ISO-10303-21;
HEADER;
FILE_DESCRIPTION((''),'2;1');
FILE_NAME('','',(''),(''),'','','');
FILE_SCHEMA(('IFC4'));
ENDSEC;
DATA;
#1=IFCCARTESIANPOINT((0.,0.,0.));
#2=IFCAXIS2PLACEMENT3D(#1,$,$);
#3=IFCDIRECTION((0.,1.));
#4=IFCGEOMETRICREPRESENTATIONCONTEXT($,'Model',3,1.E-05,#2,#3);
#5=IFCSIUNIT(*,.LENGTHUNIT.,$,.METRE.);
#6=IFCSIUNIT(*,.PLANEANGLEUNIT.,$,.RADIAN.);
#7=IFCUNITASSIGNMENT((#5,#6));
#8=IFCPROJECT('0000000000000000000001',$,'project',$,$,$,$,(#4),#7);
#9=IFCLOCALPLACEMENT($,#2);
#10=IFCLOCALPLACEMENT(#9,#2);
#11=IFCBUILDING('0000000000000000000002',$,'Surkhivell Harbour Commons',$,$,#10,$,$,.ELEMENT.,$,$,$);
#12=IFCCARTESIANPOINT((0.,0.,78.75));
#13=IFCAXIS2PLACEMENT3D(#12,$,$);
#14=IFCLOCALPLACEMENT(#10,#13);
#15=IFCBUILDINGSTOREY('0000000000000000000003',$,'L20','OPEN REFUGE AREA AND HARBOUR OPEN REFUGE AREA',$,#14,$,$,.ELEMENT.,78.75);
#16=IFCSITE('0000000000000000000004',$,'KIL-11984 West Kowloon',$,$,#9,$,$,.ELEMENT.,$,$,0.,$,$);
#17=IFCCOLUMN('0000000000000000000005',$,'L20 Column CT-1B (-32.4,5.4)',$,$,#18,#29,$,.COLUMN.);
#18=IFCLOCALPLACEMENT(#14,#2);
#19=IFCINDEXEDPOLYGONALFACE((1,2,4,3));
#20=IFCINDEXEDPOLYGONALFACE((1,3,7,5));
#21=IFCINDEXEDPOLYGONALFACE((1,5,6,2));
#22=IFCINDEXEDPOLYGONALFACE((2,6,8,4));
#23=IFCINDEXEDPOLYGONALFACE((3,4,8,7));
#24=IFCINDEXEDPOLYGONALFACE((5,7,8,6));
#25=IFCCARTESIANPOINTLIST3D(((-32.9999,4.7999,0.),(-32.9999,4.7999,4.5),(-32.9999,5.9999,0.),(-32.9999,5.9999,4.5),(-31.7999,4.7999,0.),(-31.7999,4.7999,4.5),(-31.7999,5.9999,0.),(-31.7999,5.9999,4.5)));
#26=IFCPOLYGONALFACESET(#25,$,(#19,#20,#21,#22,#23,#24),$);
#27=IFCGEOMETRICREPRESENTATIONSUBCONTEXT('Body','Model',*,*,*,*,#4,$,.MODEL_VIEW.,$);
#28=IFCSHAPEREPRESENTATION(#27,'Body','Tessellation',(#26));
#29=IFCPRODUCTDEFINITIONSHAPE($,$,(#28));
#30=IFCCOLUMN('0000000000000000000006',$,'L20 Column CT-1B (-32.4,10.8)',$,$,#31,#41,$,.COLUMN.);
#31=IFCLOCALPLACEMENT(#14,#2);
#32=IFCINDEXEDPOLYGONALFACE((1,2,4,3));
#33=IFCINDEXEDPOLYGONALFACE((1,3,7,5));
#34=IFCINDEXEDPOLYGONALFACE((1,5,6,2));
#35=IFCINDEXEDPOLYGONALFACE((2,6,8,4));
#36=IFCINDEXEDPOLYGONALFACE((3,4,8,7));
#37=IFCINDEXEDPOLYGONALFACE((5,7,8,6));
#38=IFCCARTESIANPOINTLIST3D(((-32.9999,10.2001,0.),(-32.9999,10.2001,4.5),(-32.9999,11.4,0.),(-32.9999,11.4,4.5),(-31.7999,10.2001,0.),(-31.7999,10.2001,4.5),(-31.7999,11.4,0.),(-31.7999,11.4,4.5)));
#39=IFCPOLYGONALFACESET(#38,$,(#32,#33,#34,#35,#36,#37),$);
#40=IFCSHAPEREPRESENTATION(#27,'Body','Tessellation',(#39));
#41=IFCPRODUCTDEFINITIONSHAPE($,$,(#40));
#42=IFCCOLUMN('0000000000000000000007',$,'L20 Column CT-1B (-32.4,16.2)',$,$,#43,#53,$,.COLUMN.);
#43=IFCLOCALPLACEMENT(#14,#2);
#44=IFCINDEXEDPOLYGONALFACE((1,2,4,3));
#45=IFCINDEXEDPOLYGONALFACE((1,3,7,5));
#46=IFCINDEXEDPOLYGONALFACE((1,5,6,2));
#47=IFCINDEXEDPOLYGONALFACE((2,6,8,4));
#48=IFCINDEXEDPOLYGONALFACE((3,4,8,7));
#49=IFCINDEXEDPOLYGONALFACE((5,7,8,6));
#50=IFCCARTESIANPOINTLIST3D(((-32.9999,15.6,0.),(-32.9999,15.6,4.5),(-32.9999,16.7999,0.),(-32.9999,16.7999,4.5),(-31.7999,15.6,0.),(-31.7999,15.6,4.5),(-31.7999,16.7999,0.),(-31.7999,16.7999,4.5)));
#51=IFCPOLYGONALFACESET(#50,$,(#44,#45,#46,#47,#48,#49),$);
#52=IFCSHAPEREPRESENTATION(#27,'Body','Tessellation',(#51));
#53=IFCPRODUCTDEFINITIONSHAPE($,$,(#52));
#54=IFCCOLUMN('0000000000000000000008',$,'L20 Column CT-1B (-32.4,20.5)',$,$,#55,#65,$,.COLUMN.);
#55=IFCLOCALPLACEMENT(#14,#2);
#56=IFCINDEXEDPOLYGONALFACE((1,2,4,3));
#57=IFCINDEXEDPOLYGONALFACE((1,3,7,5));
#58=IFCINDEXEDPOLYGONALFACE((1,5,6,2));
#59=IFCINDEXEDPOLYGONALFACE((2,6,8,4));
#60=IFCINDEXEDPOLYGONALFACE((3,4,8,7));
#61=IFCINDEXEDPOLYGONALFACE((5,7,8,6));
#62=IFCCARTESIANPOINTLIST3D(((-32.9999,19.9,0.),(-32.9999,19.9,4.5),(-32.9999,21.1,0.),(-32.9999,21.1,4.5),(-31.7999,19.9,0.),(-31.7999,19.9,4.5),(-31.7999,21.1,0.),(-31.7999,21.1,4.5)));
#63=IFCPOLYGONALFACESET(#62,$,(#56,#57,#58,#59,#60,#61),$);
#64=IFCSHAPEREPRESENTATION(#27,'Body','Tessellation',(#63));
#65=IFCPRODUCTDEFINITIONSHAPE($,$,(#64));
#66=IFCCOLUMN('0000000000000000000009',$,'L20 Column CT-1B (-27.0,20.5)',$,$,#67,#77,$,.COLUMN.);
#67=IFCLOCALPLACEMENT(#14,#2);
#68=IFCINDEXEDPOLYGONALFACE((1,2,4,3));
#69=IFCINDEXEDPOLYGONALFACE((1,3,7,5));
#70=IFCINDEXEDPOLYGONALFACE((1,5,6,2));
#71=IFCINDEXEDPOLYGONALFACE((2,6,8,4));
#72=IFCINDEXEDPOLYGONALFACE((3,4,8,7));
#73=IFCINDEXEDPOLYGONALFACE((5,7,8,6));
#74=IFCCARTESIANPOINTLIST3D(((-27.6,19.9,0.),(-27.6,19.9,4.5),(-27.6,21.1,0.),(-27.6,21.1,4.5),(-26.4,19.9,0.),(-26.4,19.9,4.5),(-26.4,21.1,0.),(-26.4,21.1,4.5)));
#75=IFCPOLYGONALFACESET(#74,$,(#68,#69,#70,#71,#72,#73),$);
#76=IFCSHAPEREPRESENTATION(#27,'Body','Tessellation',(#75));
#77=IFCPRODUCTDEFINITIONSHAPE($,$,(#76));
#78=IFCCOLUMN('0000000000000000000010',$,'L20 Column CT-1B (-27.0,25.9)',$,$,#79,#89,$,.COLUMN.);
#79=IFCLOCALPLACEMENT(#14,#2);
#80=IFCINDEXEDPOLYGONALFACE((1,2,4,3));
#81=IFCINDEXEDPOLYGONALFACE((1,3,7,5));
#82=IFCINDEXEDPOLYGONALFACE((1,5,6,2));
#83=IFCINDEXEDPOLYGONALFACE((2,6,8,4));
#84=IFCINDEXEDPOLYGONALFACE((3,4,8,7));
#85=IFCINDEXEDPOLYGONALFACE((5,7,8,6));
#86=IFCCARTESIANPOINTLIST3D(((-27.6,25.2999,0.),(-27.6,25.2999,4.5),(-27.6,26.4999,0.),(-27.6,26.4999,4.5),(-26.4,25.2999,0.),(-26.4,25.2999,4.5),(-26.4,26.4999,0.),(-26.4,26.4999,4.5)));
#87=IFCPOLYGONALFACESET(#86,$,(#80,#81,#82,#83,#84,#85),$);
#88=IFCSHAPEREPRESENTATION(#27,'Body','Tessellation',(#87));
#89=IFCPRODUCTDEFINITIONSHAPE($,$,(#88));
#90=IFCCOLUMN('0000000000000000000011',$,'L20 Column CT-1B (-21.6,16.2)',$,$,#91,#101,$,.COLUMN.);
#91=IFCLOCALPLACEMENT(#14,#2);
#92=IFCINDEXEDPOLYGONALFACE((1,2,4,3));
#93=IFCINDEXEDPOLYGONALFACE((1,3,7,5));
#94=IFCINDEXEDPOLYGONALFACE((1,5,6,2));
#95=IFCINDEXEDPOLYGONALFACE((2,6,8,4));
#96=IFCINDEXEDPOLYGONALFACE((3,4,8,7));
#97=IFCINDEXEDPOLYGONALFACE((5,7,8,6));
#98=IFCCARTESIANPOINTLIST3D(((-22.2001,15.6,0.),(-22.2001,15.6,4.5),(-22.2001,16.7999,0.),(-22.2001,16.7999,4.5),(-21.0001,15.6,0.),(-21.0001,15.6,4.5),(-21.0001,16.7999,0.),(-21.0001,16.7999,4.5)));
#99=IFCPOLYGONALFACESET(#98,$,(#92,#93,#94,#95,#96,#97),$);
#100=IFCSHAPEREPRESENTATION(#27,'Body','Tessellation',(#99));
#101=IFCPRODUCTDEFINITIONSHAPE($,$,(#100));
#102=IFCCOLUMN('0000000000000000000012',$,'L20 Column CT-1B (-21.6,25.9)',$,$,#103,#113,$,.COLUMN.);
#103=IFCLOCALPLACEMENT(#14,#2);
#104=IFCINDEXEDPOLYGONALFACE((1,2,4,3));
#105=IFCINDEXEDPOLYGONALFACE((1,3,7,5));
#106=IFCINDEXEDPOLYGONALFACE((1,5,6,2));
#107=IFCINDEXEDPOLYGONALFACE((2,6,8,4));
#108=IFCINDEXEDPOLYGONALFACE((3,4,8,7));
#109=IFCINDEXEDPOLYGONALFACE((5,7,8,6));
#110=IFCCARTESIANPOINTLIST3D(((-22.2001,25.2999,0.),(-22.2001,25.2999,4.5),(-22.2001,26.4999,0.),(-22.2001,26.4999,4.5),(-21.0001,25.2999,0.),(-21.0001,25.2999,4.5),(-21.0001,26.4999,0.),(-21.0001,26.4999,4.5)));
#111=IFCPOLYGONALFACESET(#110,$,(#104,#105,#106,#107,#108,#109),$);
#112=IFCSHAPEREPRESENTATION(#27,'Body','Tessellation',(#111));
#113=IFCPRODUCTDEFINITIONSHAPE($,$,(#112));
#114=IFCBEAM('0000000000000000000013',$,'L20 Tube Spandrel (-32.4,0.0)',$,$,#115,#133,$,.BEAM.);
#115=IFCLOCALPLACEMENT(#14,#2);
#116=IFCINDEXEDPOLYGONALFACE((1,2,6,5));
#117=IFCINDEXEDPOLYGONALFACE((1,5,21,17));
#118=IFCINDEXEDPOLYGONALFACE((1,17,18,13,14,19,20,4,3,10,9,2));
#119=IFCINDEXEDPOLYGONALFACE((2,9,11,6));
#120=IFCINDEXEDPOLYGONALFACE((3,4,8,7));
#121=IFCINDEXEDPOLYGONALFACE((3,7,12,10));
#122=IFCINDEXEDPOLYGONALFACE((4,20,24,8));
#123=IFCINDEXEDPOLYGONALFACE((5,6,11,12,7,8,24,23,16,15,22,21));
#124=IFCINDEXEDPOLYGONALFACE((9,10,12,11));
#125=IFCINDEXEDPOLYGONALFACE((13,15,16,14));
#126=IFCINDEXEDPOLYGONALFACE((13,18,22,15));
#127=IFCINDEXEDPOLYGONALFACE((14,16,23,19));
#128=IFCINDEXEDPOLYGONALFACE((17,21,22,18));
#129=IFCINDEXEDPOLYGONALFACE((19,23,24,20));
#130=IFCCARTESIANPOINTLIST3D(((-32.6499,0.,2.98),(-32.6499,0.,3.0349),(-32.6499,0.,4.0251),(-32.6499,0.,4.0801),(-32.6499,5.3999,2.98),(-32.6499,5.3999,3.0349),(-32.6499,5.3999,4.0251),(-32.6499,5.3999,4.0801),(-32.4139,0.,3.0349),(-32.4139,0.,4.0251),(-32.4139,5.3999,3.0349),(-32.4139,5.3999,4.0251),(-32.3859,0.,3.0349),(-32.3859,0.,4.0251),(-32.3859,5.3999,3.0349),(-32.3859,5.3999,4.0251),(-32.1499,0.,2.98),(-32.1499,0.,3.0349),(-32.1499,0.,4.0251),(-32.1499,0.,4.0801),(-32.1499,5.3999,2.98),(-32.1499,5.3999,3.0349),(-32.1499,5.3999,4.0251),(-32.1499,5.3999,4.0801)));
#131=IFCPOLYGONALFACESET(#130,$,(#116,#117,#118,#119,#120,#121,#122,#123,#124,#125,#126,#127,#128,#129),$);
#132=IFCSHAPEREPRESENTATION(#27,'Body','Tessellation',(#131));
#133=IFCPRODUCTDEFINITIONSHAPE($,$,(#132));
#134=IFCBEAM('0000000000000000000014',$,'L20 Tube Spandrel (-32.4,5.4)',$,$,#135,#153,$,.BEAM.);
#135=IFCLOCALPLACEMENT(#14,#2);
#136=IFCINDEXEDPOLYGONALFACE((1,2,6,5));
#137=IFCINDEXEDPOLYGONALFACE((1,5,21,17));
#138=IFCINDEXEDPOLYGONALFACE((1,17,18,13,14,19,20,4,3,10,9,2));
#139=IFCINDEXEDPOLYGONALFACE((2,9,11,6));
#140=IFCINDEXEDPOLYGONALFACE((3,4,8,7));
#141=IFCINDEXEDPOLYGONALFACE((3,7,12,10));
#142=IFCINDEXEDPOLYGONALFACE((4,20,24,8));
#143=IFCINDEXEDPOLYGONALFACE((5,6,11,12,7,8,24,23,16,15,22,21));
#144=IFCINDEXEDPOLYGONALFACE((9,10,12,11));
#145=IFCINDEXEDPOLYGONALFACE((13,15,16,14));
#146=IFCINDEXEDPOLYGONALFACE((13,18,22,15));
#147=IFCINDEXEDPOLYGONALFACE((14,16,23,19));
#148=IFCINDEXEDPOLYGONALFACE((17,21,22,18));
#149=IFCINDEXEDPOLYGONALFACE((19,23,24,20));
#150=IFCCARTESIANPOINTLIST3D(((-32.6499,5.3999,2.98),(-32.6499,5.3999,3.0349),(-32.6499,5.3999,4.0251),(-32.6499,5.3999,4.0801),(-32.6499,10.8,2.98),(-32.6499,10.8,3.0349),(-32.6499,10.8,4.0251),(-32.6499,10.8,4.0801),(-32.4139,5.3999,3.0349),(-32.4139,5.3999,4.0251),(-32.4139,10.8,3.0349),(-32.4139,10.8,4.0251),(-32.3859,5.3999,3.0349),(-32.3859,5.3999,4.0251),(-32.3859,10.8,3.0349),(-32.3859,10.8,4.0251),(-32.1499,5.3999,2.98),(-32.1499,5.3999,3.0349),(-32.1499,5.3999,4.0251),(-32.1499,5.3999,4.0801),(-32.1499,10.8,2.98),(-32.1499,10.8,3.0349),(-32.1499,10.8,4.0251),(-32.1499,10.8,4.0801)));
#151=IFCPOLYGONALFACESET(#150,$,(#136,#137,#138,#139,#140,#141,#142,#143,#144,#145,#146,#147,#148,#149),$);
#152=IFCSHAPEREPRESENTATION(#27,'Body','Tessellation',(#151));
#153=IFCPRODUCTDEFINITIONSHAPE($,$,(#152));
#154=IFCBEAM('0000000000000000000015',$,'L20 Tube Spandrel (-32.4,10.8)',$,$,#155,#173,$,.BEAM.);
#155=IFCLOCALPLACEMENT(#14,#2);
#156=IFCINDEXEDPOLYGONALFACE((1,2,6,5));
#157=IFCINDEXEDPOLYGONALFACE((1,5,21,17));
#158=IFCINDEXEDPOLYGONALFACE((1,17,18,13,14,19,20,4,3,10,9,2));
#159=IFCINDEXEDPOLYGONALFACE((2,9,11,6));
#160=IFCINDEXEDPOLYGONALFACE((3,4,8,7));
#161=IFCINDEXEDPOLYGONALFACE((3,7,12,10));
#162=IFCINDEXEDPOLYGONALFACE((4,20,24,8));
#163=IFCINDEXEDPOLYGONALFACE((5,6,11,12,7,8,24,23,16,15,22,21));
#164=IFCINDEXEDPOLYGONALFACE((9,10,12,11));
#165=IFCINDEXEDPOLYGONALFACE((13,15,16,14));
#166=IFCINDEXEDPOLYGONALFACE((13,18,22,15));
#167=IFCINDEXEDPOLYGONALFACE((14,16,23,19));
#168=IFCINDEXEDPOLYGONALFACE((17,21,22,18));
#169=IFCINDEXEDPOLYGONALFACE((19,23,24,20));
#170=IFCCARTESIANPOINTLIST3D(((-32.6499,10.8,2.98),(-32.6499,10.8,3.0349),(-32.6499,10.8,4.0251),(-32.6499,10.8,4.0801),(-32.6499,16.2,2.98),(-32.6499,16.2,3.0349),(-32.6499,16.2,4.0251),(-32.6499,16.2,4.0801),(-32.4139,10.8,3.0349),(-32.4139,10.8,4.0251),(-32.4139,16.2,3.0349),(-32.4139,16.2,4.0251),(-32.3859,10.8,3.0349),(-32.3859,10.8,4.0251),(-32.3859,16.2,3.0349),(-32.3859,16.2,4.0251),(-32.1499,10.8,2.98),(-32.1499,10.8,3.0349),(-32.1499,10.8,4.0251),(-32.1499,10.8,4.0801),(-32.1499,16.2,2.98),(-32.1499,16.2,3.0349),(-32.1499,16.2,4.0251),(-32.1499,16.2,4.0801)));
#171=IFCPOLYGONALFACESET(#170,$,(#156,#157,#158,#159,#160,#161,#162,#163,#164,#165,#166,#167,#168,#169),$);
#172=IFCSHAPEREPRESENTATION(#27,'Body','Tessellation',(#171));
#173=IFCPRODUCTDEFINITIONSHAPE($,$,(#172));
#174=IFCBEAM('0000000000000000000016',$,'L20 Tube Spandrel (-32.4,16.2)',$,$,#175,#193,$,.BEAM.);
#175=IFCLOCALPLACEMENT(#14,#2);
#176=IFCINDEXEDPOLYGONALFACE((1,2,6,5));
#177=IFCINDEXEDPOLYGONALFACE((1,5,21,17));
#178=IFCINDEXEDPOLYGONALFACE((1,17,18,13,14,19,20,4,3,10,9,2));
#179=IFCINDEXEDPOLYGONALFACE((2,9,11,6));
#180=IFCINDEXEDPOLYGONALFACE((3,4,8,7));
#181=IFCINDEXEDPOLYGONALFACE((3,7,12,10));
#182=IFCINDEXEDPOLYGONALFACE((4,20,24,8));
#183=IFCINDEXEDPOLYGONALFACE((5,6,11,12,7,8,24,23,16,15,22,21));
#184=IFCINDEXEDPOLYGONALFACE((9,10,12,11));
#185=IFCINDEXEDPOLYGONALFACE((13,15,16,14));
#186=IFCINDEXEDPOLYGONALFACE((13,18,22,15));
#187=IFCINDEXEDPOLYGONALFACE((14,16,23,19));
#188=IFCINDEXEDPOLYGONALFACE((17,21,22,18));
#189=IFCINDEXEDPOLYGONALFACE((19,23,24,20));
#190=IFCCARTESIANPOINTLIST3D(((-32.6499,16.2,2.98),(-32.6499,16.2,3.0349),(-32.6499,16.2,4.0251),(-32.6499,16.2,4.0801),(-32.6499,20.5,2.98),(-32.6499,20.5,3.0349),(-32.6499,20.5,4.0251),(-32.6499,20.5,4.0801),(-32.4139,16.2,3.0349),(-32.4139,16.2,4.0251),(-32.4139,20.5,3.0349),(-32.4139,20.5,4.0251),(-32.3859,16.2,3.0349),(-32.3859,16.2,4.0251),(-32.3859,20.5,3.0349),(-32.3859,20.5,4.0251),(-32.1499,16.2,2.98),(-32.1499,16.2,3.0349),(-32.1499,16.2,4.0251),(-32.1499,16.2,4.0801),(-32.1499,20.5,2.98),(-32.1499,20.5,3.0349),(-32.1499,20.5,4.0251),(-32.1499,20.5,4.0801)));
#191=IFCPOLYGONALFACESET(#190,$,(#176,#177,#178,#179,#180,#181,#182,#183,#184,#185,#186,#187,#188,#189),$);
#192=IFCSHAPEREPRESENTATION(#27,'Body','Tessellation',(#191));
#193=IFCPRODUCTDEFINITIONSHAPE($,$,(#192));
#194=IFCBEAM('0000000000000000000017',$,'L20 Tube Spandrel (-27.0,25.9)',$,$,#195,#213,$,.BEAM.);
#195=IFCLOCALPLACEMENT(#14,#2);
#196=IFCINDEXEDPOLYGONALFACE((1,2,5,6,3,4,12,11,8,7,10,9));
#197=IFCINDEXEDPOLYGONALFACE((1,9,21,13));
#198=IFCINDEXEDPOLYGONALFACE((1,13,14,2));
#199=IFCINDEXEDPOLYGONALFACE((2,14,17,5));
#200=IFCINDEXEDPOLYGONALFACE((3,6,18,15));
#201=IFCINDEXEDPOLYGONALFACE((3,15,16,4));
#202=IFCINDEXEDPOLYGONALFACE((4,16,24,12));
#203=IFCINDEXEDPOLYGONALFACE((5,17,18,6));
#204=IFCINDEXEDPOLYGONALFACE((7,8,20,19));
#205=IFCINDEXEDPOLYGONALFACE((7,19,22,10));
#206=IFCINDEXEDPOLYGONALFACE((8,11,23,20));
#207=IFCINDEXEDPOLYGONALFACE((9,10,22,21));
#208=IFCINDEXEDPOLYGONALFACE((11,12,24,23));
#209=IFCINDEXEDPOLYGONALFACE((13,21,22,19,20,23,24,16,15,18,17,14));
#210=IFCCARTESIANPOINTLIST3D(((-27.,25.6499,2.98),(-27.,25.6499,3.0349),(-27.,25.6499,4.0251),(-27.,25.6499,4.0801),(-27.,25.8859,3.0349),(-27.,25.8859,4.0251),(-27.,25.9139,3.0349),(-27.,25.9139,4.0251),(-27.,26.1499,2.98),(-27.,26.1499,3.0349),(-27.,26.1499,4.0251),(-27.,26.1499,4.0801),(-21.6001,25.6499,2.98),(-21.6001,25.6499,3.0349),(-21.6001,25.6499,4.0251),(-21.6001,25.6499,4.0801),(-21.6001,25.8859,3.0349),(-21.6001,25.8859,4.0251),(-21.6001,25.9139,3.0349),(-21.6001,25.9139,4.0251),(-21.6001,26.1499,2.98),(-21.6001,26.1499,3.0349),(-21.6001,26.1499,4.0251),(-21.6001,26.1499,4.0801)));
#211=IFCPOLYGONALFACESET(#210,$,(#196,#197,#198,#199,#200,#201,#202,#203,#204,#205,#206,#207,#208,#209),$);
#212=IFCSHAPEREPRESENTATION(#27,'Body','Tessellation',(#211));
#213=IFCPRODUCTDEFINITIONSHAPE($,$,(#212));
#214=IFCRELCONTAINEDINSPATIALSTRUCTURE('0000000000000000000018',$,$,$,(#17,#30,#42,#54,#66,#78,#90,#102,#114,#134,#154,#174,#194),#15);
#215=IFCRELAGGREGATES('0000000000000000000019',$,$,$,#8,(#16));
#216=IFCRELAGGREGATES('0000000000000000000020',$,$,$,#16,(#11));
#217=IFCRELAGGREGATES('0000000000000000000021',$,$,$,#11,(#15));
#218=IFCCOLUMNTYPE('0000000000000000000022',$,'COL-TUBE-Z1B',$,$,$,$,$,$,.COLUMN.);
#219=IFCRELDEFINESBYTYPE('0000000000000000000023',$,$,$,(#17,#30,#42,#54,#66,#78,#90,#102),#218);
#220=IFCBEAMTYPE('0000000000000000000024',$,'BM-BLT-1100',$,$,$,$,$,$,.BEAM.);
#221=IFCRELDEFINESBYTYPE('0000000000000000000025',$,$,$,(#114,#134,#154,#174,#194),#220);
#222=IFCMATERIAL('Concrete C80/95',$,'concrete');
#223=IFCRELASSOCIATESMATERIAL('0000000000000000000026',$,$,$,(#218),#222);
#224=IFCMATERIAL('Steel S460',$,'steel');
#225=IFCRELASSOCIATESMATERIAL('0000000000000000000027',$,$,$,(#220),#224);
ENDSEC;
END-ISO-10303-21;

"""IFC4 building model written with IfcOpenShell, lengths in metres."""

from ifc_helpers import new_model, si_unit, direction, frame, origin, origin_2d, place, context, subcontext, project, spatial, rectangle, i_section, extrude, material, material_profile, profile_set, type_object, element, save


model = new_model("IFC4")

# Units and contexts
model_context = context("Model", 3, precision=1e-05, world=origin(), true_north=direction((0.0, 1.0)))
body_context = subcontext(model_context, "Body", "Model", "MODEL_VIEW")
ifc_project = project(units=[si_unit("LENGTHUNIT", "METRE"), si_unit("PLANEANGLEUNIT", "RADIAN")], contexts=[model_context])

# Site, building, storey
site_placement = place(None, origin())
site = spatial("IfcSite", under=ifc_project, at=site_placement, Name="KIL-11984 West Kowloon", CompositionType="ELEMENT", RefElevation=0.0)
building_placement = place(site_placement, origin())
building = spatial("IfcBuilding", under=site, at=building_placement, Name="Surkhivell Harbour Commons", CompositionType="ELEMENT")
storey_placement = place(building_placement, frame((0.0, 0.0, 78.75)))
storey = spatial("IfcBuildingStorey", under=building, at=storey_placement, Name="L20", Description="OPEN REFUGE AREA AND HARBOUR OPEN REFUGE AREA", CompositionType="ELEMENT", Elevation=78.75)

# Columns
ifc_material_1 = material(Name="Concrete C80/95", Category="concrete")
ifc_material_profile_1 = material_profile(ifc_material_1, rectangle(XDim=1.2, YDim=1.2, at=origin_2d()), Name="RC-COL-1200x1200")
ifc_profile_set_1 = profile_set([ifc_material_profile_1], Name="Concrete C80/95")
column_type = type_object("IfcColumnType", Name="COL-TUBE-Z1B", PredefinedType="COLUMN", material=ifc_profile_set_1)
for number, where, z_axis, x_axis, name in (
    (1, (-32.3999, 5.3999, 0.0), (0.0, 0.0, 1.0), (1.0, 0.0, 0.0), "L20 Column CT-1B (-32.4,5.4)"),
    (2, (-32.3999, 10.8, 0.0), (0.0, 0.0, 1.0), (1.0, 0.0, 0.0), "L20 Column CT-1B (-32.4,10.8)"),
    (3, (-32.3999, 16.2, 0.0), (0.0, 0.0, 1.0), (1.0, 0.0, 0.0), "L20 Column CT-1B (-32.4,16.2)"),
    (4, (-32.3999, 20.5, 0.0), (0.0, 0.0, 1.0), (1.0, 0.0, 0.0), "L20 Column CT-1B (-32.4,20.5)"),
    (5, (-27.0, 20.5, 0.0), (0.0, 0.0, 1.0), (1.0, 0.0, 0.0), "L20 Column CT-1B (-27.0,20.5)"),
    (6, (-27.0, 25.8999, 0.0), (0.0, 0.0, 1.0), (1.0, 0.0, 0.0), "L20 Column CT-1B (-27.0,25.9)"),
    (7, (-21.6001, 16.2, 0.0), (0.0, 0.0, 1.0), (1.0, 0.0, 0.0), "L20 Column CT-1B (-21.6,16.2)"),
    (8, (-21.6001, 25.8999, 0.0), (0.0, 0.0, 1.0), (1.0, 0.0, 0.0), "L20 Column CT-1B (-21.6,25.9)"),
):
    element("IfcColumn", number, at=place(storey_placement, frame(where, z_axis=z_axis, x_axis=x_axis)), inside=storey, type_object=column_type, Name=name, PredefinedType="COLUMN", context=body_context, shape_type="SweptSolid", body=[
        extrude(rectangle(XDim=1.2, YDim=1.2, at=origin_2d()), origin(), (0.0, 0.0, 1.0), 4.5),
    ])

# Beams
ifc_material_2 = material(Name="Steel S460", Category="steel")
ifc_material_profile_2 = material_profile(ifc_material_2, i_section(OverallWidth=0.5, OverallDepth=1.1001, WebThickness=0.0281, FlangeThickness=0.0549, at=origin_2d()), Name="WPG1100x500x210")
ifc_profile_set_2 = profile_set([ifc_material_profile_2], Name="Steel S460")
beam_type_1 = type_object("IfcBeamType", Name="BM-BLT-1100", PredefinedType="BEAM", material=ifc_profile_set_2)
beam_1_placement = place(storey_placement, frame((-32.3999, 0.0, 3.53), z_axis=(0.0, 1.0, 0.0), x_axis=(-1.0, 0.0, 0.0)))
element("IfcBeam", 9, at=beam_1_placement, inside=storey, type_object=beam_type_1, Name="L20 Tube Spandrel (-32.4,0.0)", PredefinedType="BEAM", context=body_context, shape_type="SweptSolid", body=[
    extrude(i_section(OverallWidth=0.5, OverallDepth=1.1001, WebThickness=0.0281, FlangeThickness=0.0549, at=origin_2d()), origin(), (0.0, 0.0, 1.0), 5.3999),
])
beam_2_placement = place(storey_placement, frame((-32.3999, 5.3999, 3.53), z_axis=(0.0, 1.0, 0.0), x_axis=(-1.0, 0.0, 0.0)))
element("IfcBeam", 10, at=beam_2_placement, inside=storey, type_object=beam_type_1, Name="L20 Tube Spandrel (-32.4,5.4)", PredefinedType="BEAM", context=body_context, shape_type="SweptSolid", body=[
    extrude(i_section(OverallWidth=0.5, OverallDepth=1.1001, WebThickness=0.0281, FlangeThickness=0.0549, at=origin_2d()), origin(), (0.0, 0.0, 1.0), 5.4001),
])
beam_3_placement = place(storey_placement, frame((-32.3999, 10.8, 3.53), z_axis=(0.0, 1.0, 0.0), x_axis=(-1.0, 0.0, 0.0)))
element("IfcBeam", 11, at=beam_3_placement, inside=storey, type_object=beam_type_1, Name="L20 Tube Spandrel (-32.4,10.8)", PredefinedType="BEAM", context=body_context, shape_type="SweptSolid", body=[
    extrude(i_section(OverallWidth=0.5, OverallDepth=1.1001, WebThickness=0.0281, FlangeThickness=0.0549, at=origin_2d()), origin(), (0.0, 0.0, 1.0), 5.3999),
])
beam_4_placement = place(storey_placement, frame((-32.3999, 16.2, 3.53), z_axis=(0.0, 1.0, 0.0), x_axis=(-1.0, 0.0, 0.0)))
element("IfcBeam", 12, at=beam_4_placement, inside=storey, type_object=beam_type_1, Name="L20 Tube Spandrel (-32.4,16.2)", PredefinedType="BEAM", context=body_context, shape_type="SweptSolid", body=[
    extrude(i_section(OverallWidth=0.5, OverallDepth=1.1001, WebThickness=0.0281, FlangeThickness=0.0549, at=origin_2d()), origin(), (0.0, 0.0, 1.0), 4.3),
])
beam_5_placement = place(storey_placement, frame((-27.0, 25.8999, 3.53), z_axis=(1.0, 0.0, 0.0), x_axis=(0.0, 1.0, 0.0)))
element("IfcBeam", 13, at=beam_5_placement, inside=storey, type_object=beam_type_1, Name="L20 Tube Spandrel (-27.0,25.9)", PredefinedType="BEAM", context=body_context, shape_type="SweptSolid", body=[
    extrude(i_section(OverallWidth=0.5, OverallDepth=1.1001, WebThickness=0.0281, FlangeThickness=0.0549, at=origin_2d()), origin(), (0.0, 0.0, 1.0), 5.3999),
])

save(model, "model.ifc")
